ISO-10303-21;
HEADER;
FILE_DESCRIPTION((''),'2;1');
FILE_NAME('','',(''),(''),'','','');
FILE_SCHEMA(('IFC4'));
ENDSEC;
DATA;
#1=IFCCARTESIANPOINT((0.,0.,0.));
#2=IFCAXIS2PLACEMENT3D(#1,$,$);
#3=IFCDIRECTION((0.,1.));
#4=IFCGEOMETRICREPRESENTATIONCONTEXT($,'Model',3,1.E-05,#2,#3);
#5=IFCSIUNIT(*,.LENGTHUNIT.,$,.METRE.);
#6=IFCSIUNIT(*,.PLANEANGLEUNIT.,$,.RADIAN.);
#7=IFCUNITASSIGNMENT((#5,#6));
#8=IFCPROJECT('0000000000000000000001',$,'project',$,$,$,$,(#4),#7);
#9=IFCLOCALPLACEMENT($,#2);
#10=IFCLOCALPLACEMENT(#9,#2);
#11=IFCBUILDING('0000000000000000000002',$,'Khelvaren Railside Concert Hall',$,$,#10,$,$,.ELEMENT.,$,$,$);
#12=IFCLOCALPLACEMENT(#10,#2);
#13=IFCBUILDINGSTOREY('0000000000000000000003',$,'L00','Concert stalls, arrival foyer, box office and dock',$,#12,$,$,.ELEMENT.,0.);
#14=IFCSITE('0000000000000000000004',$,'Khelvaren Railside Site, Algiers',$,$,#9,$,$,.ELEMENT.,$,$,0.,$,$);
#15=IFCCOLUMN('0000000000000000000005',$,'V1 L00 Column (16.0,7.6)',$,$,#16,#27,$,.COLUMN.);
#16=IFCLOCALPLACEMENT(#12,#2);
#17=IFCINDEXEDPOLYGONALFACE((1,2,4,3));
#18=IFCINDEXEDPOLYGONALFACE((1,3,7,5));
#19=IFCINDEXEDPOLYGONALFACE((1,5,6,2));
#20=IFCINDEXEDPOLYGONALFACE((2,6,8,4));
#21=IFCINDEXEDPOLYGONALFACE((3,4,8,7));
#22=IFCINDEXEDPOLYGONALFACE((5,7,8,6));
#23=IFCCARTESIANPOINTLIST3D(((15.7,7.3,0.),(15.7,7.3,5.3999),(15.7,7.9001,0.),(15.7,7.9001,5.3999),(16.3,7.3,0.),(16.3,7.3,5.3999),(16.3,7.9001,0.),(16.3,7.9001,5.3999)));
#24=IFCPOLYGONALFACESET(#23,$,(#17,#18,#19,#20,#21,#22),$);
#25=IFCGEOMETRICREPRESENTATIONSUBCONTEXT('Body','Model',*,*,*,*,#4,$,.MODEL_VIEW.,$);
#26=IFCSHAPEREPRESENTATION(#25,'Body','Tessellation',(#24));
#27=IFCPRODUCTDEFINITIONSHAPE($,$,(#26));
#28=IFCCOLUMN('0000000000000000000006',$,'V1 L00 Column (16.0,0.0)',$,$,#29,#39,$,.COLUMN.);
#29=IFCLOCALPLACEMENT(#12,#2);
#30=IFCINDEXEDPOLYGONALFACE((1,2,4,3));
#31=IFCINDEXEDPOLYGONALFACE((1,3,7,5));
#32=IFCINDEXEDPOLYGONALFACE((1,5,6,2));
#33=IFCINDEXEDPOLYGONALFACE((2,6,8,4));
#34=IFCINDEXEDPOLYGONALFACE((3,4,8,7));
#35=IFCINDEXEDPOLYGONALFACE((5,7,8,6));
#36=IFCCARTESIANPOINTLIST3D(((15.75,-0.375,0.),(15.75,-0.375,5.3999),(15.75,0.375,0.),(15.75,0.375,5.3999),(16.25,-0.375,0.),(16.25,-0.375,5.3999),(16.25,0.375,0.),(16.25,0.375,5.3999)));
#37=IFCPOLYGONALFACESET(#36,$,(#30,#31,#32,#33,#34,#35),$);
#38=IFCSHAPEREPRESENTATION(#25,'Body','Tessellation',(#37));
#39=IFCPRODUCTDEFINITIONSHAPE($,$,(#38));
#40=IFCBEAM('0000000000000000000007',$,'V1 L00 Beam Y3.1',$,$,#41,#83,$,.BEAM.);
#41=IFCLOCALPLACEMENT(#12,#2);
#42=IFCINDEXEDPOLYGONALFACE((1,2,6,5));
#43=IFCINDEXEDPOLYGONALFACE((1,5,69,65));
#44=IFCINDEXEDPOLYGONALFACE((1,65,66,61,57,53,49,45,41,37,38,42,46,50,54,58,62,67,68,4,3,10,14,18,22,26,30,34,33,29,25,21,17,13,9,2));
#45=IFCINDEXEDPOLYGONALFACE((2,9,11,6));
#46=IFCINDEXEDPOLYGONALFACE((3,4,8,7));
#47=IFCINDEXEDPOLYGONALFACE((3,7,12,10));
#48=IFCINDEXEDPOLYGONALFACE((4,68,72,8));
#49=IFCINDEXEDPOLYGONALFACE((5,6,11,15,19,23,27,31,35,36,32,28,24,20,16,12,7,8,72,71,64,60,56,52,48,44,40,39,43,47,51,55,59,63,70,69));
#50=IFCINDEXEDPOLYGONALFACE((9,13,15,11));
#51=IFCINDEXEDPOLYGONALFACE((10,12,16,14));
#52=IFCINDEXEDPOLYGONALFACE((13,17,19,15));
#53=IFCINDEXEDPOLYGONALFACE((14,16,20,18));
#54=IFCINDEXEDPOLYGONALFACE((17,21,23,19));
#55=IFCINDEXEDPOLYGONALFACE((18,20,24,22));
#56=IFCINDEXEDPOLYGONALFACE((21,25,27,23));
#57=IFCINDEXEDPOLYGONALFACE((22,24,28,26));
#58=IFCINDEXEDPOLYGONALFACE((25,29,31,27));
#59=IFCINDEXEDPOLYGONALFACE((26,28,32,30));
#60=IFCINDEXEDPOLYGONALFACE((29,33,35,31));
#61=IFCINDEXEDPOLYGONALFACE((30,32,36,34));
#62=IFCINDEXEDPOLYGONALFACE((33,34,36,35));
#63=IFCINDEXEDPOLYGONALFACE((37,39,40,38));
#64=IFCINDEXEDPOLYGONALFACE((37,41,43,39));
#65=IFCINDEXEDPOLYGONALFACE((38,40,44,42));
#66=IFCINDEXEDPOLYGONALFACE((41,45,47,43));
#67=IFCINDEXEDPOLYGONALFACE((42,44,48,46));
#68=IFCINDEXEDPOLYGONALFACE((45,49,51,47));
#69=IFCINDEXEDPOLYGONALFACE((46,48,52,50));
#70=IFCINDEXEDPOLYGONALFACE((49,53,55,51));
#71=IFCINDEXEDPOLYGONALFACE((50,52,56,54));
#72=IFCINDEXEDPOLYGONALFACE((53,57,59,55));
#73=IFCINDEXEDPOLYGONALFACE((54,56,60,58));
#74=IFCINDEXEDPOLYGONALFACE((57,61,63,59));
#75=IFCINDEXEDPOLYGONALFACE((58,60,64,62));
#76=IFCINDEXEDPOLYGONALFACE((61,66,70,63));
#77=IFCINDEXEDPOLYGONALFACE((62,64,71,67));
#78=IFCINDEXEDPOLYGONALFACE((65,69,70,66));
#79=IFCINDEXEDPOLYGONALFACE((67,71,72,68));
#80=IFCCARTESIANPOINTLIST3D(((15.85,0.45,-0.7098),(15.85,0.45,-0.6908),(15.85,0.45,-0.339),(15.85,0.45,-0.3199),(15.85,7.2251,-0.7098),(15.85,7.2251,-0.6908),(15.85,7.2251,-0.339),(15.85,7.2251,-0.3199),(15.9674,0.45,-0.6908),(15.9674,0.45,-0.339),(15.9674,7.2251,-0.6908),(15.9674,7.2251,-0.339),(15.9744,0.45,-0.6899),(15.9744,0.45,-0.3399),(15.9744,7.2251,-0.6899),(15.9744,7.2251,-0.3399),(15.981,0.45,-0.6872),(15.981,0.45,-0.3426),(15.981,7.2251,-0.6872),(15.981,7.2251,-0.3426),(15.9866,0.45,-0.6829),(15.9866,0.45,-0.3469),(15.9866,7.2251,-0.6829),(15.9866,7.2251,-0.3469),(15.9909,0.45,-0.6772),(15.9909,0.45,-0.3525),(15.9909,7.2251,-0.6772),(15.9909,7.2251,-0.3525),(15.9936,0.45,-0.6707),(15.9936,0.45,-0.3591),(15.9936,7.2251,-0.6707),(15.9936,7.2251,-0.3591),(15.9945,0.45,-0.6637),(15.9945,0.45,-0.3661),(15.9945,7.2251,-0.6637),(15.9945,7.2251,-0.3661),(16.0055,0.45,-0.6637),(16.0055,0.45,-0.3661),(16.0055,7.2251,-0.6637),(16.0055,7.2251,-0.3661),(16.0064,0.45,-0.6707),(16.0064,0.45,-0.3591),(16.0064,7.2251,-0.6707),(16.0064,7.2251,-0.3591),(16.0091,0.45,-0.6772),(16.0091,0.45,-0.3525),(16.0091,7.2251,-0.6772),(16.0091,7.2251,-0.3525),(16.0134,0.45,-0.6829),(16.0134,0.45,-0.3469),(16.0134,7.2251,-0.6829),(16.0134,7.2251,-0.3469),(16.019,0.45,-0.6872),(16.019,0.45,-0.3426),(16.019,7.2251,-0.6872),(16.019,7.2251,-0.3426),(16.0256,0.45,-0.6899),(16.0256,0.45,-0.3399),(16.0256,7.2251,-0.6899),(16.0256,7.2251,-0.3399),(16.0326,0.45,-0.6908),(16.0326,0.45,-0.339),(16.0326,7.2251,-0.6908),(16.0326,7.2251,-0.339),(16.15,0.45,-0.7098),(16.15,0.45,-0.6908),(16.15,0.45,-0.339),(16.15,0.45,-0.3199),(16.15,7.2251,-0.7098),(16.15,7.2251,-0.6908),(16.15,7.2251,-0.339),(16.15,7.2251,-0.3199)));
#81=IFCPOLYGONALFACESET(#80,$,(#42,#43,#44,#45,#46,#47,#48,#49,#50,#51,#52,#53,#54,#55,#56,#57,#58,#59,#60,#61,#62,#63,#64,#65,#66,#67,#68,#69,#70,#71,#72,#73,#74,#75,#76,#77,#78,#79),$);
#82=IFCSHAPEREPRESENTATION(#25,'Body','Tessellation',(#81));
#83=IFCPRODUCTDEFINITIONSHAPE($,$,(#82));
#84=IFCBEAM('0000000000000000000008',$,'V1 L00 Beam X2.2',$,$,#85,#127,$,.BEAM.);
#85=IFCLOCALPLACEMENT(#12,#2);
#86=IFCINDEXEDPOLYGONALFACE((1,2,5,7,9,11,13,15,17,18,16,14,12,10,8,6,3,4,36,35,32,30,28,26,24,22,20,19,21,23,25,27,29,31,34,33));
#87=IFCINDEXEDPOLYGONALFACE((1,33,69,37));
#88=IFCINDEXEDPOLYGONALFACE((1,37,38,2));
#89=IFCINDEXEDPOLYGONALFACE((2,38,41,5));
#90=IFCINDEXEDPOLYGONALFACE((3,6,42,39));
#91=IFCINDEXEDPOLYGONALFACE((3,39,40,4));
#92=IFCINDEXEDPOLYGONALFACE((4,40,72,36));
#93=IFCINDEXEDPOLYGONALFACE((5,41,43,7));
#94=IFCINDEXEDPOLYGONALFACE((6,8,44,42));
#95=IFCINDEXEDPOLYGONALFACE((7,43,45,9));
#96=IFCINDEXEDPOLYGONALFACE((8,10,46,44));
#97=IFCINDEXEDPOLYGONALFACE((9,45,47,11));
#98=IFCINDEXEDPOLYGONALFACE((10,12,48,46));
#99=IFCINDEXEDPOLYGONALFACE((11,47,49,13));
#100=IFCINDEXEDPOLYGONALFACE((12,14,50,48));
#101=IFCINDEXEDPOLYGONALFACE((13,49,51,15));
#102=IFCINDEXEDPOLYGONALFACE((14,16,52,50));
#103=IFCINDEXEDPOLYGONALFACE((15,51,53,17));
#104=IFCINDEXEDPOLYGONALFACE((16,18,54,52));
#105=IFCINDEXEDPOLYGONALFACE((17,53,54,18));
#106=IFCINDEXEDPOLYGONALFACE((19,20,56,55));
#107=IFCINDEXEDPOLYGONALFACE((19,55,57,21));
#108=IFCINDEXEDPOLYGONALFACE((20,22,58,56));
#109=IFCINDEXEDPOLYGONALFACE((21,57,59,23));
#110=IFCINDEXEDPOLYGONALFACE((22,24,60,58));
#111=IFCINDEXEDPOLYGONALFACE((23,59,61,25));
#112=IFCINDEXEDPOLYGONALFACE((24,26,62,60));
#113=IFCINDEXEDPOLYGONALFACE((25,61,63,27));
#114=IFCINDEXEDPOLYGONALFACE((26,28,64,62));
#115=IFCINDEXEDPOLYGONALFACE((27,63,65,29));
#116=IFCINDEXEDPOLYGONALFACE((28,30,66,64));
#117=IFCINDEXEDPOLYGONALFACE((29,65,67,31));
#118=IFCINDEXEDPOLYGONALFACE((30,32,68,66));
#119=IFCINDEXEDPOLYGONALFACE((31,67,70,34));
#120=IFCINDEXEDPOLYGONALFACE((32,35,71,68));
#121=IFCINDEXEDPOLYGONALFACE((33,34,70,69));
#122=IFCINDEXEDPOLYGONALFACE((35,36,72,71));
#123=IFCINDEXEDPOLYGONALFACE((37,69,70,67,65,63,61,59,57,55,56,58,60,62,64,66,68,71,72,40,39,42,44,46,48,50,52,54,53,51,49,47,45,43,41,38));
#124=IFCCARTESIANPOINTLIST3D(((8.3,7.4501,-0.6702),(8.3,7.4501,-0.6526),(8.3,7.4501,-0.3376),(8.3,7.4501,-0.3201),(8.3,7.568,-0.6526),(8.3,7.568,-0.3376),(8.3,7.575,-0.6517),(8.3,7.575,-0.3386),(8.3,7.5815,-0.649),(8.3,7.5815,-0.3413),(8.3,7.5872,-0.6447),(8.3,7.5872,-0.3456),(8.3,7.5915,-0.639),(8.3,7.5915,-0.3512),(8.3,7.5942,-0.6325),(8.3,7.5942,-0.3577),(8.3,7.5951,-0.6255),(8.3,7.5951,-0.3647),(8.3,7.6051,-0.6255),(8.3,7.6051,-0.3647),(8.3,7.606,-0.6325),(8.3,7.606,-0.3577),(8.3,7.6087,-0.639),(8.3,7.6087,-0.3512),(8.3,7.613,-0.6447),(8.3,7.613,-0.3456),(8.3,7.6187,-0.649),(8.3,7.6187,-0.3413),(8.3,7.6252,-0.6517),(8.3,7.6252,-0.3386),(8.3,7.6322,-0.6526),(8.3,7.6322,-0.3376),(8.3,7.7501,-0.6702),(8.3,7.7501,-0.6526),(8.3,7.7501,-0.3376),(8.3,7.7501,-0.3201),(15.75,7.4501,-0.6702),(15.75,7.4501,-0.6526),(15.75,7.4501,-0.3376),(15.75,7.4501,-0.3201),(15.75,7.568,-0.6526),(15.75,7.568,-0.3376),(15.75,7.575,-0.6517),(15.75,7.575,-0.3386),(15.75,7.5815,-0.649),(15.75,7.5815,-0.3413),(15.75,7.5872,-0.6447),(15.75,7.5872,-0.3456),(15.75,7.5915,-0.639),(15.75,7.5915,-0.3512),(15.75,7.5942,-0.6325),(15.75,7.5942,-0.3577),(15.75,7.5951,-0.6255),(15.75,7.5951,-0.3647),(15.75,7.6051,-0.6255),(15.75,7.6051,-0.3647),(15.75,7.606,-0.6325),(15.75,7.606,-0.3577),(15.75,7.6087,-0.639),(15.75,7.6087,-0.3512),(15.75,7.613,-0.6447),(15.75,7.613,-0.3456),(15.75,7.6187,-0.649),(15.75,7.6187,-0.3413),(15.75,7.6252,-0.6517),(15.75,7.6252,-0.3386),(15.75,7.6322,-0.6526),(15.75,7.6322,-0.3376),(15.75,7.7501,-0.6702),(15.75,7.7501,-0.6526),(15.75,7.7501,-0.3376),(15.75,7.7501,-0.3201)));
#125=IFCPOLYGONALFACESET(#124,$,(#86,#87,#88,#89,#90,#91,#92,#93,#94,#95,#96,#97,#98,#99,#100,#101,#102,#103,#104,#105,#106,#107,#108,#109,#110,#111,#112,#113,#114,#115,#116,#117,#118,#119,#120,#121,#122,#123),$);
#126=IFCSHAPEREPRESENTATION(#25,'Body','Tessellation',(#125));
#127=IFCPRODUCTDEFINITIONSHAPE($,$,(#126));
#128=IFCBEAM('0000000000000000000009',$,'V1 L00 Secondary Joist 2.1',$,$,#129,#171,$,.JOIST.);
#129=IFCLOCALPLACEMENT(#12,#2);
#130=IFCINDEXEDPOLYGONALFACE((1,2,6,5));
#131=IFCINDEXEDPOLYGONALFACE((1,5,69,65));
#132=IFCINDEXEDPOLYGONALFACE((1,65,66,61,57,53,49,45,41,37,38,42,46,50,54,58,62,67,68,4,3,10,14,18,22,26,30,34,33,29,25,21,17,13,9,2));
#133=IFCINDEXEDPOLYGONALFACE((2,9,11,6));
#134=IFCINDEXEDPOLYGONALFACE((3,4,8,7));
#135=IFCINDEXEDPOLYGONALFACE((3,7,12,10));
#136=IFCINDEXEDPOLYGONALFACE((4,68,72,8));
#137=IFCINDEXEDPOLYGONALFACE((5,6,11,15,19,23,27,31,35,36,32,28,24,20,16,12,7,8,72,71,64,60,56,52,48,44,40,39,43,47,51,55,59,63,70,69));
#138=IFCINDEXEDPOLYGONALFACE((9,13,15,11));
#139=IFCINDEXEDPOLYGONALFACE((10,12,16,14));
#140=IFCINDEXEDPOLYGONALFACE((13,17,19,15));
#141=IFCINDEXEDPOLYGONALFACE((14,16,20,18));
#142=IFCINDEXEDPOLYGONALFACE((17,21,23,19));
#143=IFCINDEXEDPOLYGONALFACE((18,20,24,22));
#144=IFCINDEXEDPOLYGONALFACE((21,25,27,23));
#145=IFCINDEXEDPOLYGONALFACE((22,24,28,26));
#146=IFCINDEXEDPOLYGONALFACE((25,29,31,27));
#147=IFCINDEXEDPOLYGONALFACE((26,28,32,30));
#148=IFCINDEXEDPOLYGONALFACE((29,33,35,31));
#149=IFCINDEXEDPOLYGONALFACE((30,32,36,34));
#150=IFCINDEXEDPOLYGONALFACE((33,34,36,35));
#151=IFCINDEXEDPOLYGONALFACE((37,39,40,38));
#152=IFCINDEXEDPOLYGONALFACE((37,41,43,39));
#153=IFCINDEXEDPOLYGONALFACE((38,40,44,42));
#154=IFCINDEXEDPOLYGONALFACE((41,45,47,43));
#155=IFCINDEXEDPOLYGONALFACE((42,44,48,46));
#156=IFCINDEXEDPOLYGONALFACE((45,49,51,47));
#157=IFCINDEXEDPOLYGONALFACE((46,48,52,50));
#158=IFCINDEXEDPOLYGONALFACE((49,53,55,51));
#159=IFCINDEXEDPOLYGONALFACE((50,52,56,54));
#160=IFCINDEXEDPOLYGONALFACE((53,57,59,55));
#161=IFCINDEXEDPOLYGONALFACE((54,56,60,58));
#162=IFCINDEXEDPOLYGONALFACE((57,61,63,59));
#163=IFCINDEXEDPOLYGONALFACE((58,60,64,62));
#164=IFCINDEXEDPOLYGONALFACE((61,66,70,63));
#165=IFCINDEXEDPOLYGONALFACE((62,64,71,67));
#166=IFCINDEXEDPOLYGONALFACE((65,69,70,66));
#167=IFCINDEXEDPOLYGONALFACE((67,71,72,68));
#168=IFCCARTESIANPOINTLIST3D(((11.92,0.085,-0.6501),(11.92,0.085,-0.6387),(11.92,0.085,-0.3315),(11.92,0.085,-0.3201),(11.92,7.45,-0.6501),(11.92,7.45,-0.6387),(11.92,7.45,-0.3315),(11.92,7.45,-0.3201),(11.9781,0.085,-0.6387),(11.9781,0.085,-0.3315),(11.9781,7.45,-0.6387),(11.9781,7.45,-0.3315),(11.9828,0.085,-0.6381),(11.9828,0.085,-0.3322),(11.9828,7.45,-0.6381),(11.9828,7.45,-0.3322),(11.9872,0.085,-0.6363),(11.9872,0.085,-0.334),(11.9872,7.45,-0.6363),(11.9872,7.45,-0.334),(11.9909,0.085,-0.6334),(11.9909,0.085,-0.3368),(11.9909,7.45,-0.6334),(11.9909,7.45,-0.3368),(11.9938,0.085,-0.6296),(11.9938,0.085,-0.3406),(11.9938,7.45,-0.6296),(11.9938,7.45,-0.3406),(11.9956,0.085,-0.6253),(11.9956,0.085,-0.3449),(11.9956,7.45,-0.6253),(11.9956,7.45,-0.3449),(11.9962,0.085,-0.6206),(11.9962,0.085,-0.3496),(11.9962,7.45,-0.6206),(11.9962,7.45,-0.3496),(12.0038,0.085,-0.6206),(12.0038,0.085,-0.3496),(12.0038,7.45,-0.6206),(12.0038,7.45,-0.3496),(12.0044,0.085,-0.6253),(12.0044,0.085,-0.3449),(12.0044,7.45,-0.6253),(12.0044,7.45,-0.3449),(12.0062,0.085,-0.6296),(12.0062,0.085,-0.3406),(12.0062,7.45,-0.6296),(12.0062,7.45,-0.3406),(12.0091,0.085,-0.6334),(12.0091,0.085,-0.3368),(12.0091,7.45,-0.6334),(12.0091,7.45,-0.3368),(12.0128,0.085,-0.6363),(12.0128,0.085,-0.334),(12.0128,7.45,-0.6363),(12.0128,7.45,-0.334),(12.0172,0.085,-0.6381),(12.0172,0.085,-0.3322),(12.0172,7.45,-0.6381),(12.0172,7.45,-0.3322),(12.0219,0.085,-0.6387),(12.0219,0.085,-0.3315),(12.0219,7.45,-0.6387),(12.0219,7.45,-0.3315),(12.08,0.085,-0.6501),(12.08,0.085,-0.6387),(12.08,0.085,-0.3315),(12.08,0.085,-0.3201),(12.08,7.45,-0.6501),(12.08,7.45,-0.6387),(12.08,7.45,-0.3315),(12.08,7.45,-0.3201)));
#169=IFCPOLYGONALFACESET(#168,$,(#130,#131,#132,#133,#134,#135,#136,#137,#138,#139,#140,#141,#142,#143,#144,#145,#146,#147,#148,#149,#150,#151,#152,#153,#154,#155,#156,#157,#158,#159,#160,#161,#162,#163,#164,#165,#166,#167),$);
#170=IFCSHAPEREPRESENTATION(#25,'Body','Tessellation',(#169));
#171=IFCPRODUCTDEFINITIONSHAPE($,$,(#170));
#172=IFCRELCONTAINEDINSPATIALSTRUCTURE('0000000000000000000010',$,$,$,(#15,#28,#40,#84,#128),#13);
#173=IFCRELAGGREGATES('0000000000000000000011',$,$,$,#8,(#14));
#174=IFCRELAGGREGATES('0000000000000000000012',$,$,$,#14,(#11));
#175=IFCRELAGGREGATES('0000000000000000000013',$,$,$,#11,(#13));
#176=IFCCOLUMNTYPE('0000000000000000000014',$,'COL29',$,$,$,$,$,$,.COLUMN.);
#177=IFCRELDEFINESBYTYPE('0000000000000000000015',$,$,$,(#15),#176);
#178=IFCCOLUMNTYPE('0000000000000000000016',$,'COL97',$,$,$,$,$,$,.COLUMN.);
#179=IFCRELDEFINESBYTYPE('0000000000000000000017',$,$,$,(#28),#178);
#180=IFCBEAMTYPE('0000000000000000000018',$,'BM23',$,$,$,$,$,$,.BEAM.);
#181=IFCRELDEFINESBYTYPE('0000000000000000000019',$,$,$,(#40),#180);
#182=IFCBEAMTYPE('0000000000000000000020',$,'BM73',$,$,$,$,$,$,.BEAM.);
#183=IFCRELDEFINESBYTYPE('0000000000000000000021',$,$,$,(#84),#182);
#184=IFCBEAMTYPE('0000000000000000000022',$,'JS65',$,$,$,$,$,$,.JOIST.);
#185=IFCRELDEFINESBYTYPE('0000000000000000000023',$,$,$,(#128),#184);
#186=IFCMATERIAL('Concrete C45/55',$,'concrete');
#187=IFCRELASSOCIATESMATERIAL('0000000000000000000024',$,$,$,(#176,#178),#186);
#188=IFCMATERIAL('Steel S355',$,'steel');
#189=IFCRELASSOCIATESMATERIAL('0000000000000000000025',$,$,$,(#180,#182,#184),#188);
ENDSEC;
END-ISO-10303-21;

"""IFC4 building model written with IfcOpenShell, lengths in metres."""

from ifc_helpers import new_model, si_unit, direction, frame, origin, origin_2d, place, context, subcontext, project, spatial, rectangle, i_section, extrude, material, material_profile, profile_set, type_object, element, save


model = new_model("IFC4")

# Units and contexts
model_context = context("Model", 3, precision=1e-05, world=origin(), true_north=direction((0.0, 1.0)))
body_context = subcontext(model_context, "Body", "Model", "MODEL_VIEW")
ifc_project = project(units=[si_unit("LENGTHUNIT", "METRE"), si_unit("PLANEANGLEUNIT", "RADIAN")], contexts=[model_context])

# Site, building, storey
site_placement = place(None, origin())
site = spatial("IfcSite", under=ifc_project, at=site_placement, Name="Khelvaren Railside Site, Algiers", CompositionType="ELEMENT", RefElevation=0.0)
building_placement = place(site_placement, origin())
building = spatial("IfcBuilding", under=site, at=building_placement, Name="Khelvaren Railside Concert Hall", CompositionType="ELEMENT")
storey_placement = place(building_placement, origin())
storey = spatial("IfcBuildingStorey", under=building, at=storey_placement, Name="L00", Description="Concert stalls, arrival foyer, box office and dock", CompositionType="ELEMENT", Elevation=0.0)

# Columns
ifc_material_1 = material(Name="Concrete C45/55", Category="concrete")
ifc_material_profile_1 = material_profile(ifc_material_1, rectangle(XDim=0.6001, YDim=0.6001, at=origin_2d()), Name="RC 600x600")
ifc_profile_set_1 = profile_set([ifc_material_profile_1], Name="Concrete C45/55")
column_type_1 = type_object("IfcColumnType", Name="COL29", PredefinedType="COLUMN", material=ifc_profile_set_1)
column_1_placement = place(storey_placement, frame((16.0, 7.6001, 0.0), z_axis=(0.0, 0.0, 1.0), x_axis=(1.0, 0.0, 0.0)))
element("IfcColumn", 1, at=column_1_placement, inside=storey, type_object=column_type_1, Name="V1 L00 Column (16.0,7.6)", PredefinedType="COLUMN", context=body_context, shape_type="SweptSolid", body=[
    extrude(rectangle(XDim=0.6001, YDim=0.6001, at=origin_2d()), origin(), (0.0, 0.0, 1.0), 5.3999),
])
ifc_material_profile_2 = material_profile(ifc_material_1, rectangle(XDim=0.5, YDim=0.75, at=origin_2d()), Name="RC 500x750")
ifc_profile_set_2 = profile_set([ifc_material_profile_2], Name="Concrete C45/55")
column_type_2 = type_object("IfcColumnType", Name="COL97", PredefinedType="COLUMN", material=ifc_profile_set_2)
column_2_placement = place(storey_placement, frame((16.0, 0.0, 0.0), z_axis=(0.0, 0.0, 1.0), x_axis=(1.0, 0.0, 0.0)))
element("IfcColumn", 2, at=column_2_placement, inside=storey, type_object=column_type_2, Name="V1 L00 Column (16.0,0.0)", PredefinedType="COLUMN", context=body_context, shape_type="SweptSolid", body=[
    extrude(rectangle(XDim=0.5, YDim=0.75, at=origin_2d()), origin(), (0.0, 0.0, 1.0), 5.3999),
])

# Beams
ifc_material_2 = material(Name="Steel S355", Category="steel")
ifc_material_profile_3 = material_profile(ifc_material_2, i_section(OverallWidth=0.3, OverallDepth=0.3899, WebThickness=0.011, FlangeThickness=0.019, FilletRadius=0.0271, at=origin_2d()), Name="HEA 400")
ifc_profile_set_3 = profile_set([ifc_material_profile_3], Name="Steel S355")
beam_type_1 = type_object("IfcBeamType", Name="BM23", PredefinedType="BEAM", material=ifc_profile_set_3)
beam_1_placement = place(storey_placement, frame((16.0, 0.45, -0.5149), z_axis=(0.0, 1.0, 0.0), x_axis=(-1.0, 0.0, 0.0)))
element("IfcBeam", 3, at=beam_1_placement, inside=storey, type_object=beam_type_1, Name="V1 L00 Beam Y3.1", PredefinedType="BEAM", context=body_context, shape_type="SweptSolid", body=[
    extrude(i_section(OverallWidth=0.3, OverallDepth=0.3899, WebThickness=0.011, FlangeThickness=0.019, FilletRadius=0.0271, at=origin_2d()), origin(), (0.0, 0.0, 1.0), 6.7751),
])
ifc_material_profile_4 = material_profile(ifc_material_2, i_section(OverallWidth=0.3, OverallDepth=0.3501, WebThickness=0.01, FlangeThickness=0.0176, FilletRadius=0.0271, at=origin_2d()), Name="HEA 360")
ifc_profile_set_4 = profile_set([ifc_material_profile_4], Name="Steel S355")
beam_type_2 = type_object("IfcBeamType", Name="BM73", PredefinedType="BEAM", material=ifc_profile_set_4)
beam_2_placement = place(storey_placement, frame((8.3, 7.6001, -0.4951), z_axis=(1.0, 0.0, 0.0), x_axis=(0.0, 1.0, 0.0)))
element("IfcBeam", 4, at=beam_2_placement, inside=storey, type_object=beam_type_2, Name="V1 L00 Beam X2.2", PredefinedType="BEAM", context=body_context, shape_type="SweptSolid", body=[
    extrude(i_section(OverallWidth=0.3, OverallDepth=0.3501, WebThickness=0.01, FlangeThickness=0.0176, FilletRadius=0.0271, at=origin_2d()), origin(), (0.0, 0.0, 1.0), 7.45),
])
ifc_material_profile_5 = material_profile(ifc_material_2, i_section(OverallWidth=0.1599, OverallDepth=0.3301, WebThickness=0.0076, FlangeThickness=0.0115, FilletRadius=0.0181, at=origin_2d()), Name="IPE 330")
ifc_profile_set_5 = profile_set([ifc_material_profile_5], Name="Steel S355")
beam_type_3 = type_object("IfcBeamType", Name="JS65", PredefinedType="JOIST", material=ifc_profile_set_5)
beam_3_placement = place(storey_placement, frame((12.0, 0.085, -0.4851), z_axis=(0.0, 1.0, 0.0), x_axis=(-1.0, 0.0, 0.0)))
element("IfcBeam", 5, at=beam_3_placement, inside=storey, type_object=beam_type_3, Name="V1 L00 Secondary Joist 2.1", PredefinedType="JOIST", context=body_context, shape_type="SweptSolid", body=[
    extrude(i_section(OverallWidth=0.1599, OverallDepth=0.3301, WebThickness=0.0076, FlangeThickness=0.0115, FilletRadius=0.0181, at=origin_2d()), origin(), (0.0, 0.0, 1.0), 7.365),
])

save(model, "model.ifc")
